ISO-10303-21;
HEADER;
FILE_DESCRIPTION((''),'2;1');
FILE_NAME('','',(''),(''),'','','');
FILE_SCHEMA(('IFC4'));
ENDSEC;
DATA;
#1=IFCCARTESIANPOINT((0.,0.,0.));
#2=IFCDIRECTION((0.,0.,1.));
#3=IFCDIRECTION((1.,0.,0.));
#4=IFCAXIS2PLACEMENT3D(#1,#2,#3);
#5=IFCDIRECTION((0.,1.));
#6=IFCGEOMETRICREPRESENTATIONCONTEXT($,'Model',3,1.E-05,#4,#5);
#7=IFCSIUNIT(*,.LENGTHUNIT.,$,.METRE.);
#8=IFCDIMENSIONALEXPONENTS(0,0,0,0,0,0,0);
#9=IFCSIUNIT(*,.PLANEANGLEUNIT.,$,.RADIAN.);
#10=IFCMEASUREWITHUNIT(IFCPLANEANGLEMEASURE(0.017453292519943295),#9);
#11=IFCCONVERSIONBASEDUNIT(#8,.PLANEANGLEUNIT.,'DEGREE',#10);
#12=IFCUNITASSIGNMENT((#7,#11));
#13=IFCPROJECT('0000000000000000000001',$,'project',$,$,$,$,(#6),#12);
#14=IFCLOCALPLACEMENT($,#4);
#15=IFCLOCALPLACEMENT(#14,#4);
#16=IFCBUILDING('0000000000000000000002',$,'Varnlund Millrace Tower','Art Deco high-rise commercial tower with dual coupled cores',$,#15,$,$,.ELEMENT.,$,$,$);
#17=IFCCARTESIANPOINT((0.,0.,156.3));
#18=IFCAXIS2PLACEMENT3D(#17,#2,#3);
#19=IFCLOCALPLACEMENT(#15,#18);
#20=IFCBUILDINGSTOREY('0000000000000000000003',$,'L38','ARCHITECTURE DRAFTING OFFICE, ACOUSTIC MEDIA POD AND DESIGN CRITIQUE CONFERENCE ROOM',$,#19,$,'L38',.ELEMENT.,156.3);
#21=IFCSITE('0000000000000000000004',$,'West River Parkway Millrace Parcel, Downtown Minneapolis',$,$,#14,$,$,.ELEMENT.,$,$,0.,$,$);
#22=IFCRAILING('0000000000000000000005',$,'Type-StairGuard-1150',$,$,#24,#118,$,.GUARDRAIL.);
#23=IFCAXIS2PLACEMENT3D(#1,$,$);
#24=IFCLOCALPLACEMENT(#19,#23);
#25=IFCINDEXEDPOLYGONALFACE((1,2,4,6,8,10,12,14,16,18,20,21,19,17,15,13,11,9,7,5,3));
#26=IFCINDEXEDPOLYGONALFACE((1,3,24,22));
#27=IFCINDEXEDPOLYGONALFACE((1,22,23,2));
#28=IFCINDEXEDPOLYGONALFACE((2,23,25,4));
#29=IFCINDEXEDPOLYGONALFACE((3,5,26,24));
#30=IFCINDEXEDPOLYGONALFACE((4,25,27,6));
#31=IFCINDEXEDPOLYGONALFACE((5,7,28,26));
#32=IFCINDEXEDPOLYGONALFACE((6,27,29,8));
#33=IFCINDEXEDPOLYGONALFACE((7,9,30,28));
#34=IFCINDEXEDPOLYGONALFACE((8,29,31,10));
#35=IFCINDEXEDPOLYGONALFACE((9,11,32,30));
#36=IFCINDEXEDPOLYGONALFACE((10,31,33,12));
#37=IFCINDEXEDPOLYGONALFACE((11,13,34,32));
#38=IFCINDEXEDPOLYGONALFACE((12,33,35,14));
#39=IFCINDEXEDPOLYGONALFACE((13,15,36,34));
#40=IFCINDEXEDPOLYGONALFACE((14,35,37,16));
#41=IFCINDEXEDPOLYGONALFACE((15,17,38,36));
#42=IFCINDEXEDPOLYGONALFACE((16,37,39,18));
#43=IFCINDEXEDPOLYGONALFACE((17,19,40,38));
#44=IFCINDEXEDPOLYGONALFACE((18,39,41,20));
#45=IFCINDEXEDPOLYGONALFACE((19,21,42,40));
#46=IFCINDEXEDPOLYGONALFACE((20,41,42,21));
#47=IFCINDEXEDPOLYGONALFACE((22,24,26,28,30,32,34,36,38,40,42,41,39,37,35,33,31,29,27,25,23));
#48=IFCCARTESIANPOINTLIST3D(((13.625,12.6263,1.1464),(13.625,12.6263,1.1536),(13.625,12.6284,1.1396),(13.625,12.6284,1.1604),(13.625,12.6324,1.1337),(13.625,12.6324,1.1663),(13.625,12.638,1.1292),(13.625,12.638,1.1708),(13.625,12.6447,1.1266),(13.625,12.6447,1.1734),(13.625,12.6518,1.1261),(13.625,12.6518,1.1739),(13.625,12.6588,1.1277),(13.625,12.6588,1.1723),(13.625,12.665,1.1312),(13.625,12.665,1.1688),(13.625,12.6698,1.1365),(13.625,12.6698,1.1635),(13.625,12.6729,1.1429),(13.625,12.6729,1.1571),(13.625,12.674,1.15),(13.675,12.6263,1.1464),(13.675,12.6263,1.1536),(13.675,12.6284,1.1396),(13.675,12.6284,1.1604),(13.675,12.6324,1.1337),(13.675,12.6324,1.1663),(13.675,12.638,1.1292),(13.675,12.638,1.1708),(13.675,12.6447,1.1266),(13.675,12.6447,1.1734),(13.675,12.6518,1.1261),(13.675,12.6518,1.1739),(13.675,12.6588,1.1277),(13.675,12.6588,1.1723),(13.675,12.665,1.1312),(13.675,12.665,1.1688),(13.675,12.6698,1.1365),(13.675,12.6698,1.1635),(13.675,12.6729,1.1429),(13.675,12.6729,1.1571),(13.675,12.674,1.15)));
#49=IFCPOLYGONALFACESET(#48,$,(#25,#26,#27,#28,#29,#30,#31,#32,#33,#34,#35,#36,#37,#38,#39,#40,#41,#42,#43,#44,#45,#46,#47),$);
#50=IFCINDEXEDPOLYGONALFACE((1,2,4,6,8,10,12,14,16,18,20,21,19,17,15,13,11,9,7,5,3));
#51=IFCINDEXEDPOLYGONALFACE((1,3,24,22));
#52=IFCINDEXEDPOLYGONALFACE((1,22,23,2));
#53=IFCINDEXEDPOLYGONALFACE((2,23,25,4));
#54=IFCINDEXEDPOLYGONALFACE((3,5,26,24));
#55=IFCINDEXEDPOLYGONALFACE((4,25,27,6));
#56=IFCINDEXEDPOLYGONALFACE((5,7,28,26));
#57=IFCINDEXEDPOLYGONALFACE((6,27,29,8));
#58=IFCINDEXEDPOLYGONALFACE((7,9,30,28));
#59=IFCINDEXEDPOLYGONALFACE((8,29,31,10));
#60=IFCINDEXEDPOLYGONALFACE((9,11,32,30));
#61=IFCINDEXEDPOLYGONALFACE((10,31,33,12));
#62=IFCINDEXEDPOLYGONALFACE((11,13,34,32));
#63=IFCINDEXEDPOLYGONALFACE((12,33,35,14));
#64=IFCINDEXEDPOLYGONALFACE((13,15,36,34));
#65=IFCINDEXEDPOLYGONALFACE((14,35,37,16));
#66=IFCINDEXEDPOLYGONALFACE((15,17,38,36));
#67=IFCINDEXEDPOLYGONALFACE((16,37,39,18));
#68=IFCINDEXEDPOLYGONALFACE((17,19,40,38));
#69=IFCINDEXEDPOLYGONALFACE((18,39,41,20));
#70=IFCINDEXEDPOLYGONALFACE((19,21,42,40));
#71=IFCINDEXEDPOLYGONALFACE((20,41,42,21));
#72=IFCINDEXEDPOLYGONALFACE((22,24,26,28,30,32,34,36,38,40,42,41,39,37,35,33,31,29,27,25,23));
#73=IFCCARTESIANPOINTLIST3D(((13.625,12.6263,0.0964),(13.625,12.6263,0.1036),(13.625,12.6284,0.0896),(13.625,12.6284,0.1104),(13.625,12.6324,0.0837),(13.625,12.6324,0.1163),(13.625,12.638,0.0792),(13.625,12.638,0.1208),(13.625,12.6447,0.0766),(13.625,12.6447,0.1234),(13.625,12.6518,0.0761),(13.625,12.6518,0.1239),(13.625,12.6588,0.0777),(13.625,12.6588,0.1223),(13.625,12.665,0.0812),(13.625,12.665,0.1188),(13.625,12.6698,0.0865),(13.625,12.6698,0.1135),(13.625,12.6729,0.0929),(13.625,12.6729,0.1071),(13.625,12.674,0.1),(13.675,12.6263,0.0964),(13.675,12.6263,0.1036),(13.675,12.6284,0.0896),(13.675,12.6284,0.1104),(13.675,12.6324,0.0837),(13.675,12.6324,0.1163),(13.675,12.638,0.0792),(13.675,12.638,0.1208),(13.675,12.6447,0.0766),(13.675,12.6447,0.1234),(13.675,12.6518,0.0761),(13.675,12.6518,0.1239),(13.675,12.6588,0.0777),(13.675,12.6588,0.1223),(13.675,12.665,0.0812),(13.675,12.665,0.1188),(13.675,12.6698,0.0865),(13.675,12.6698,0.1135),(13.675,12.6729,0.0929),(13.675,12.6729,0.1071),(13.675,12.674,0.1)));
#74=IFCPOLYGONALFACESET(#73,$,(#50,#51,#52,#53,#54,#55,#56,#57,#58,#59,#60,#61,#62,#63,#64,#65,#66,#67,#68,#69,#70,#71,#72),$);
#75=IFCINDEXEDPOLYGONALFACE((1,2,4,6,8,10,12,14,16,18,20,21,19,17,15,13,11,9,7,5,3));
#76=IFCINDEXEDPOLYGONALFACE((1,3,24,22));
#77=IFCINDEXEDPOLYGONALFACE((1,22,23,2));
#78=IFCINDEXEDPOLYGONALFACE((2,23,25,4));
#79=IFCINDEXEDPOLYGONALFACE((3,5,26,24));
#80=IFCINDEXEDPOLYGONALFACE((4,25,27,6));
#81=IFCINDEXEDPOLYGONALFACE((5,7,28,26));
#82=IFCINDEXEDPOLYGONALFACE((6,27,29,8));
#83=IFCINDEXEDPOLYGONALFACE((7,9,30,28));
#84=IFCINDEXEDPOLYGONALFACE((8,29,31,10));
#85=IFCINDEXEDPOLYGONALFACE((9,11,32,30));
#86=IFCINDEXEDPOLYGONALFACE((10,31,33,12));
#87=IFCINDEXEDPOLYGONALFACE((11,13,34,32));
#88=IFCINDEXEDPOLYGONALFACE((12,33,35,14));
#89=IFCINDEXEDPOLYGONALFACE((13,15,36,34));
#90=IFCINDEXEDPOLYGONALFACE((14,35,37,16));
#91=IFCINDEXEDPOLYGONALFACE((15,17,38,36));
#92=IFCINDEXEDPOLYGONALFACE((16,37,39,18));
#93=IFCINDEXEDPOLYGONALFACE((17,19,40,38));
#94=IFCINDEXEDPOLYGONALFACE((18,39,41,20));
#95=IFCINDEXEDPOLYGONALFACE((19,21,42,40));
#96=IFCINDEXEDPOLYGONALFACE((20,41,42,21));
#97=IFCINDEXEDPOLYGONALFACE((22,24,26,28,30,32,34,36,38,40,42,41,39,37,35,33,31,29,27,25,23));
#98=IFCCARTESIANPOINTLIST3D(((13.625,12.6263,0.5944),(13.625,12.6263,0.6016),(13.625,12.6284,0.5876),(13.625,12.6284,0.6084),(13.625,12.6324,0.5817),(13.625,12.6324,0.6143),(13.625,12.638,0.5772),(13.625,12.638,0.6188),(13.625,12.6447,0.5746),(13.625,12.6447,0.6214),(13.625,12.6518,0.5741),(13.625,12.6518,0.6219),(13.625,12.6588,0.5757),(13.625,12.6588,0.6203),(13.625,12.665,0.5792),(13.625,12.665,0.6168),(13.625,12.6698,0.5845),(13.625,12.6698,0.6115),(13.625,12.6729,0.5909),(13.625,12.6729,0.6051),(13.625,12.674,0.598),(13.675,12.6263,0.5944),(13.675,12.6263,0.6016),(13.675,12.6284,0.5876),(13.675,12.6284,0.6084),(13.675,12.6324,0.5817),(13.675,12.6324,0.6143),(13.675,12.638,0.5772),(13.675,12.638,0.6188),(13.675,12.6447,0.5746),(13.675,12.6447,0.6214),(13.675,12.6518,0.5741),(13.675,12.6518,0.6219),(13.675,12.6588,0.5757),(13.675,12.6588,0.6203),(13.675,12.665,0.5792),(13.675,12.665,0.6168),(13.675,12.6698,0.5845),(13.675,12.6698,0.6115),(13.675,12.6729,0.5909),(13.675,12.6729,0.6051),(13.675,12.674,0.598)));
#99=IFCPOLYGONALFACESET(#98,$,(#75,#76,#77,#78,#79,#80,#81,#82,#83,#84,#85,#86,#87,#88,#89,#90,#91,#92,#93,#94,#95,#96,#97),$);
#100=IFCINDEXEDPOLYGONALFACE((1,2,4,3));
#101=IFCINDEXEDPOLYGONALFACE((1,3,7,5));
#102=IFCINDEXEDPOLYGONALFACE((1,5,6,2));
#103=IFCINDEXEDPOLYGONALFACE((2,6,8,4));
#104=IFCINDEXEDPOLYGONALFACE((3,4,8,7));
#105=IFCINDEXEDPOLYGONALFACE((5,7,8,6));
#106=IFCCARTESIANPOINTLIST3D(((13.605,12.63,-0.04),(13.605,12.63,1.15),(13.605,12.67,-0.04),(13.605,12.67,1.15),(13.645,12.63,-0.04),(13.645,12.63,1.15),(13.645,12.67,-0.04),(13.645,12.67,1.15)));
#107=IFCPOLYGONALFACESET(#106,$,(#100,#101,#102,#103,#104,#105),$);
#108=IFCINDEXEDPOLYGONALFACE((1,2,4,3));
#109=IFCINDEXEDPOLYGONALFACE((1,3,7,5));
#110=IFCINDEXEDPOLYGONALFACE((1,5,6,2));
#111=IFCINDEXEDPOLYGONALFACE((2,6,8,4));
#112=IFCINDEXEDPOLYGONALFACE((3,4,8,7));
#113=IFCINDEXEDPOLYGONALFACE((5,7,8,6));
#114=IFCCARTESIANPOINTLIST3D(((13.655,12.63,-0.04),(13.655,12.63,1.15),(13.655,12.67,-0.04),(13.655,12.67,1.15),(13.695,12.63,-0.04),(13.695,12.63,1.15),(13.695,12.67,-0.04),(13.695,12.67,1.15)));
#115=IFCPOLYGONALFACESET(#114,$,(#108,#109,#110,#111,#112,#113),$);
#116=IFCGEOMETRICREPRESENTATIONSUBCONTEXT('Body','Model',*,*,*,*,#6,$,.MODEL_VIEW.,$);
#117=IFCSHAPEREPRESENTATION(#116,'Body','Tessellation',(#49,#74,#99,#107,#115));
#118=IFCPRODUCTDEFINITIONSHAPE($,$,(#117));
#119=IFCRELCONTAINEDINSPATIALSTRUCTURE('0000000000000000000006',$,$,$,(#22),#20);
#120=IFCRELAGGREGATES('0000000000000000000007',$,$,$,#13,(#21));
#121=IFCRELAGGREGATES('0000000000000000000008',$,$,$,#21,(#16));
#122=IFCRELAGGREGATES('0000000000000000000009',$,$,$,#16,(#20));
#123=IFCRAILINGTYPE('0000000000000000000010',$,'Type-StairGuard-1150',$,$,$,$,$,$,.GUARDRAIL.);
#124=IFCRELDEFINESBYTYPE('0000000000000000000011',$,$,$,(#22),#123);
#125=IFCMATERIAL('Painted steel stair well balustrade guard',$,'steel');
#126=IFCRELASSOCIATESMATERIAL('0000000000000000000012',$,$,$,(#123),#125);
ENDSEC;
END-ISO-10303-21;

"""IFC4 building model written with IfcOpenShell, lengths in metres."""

from ifc_helpers import new_model, entity, si_unit, converted_unit, direction, frame, origin_with_axes, origin_2d_with_axis, place, context, subcontext, project, spatial, rectangle, circle, extrude, material, type_object, element, save


model = new_model("IFC4")

# Units and contexts
model_context = context("Model", 3, precision=1e-05, world=origin_with_axes(), true_north=direction((0.0, 1.0)))
body_context = subcontext(model_context, "Body", "Model", "MODEL_VIEW")
ifc_project = project(units=[si_unit("LENGTHUNIT", "METRE"), converted_unit("PLANEANGLEUNIT", "DEGREE", entity("IfcPlaneAngleMeasure", 0.017453292519943295), si_unit("PLANEANGLEUNIT", "RADIAN"), dimensions=[0, 0, 0, 0, 0, 0, 0])], contexts=[model_context])

# Site, building, storey
site_placement = place(None, origin_with_axes())
site = spatial("IfcSite", under=ifc_project, at=site_placement, Name="West River Parkway Millrace Parcel, Downtown Minneapolis", CompositionType="ELEMENT", RefElevation=0.0)
building_placement = place(site_placement, origin_with_axes())
building = spatial("IfcBuilding", under=site, at=building_placement, Name="Varnlund Millrace Tower", Description="Art Deco high-rise commercial tower with dual coupled cores", CompositionType="ELEMENT")
storey_placement = place(building_placement, frame((0.0, 0.0, 156.3), z_axis=(0.0, 0.0, 1.0), x_axis=(1.0, 0.0, 0.0)))
storey = spatial("IfcBuildingStorey", under=building, at=storey_placement, Name="L38", Description="ARCHITECTURE DRAFTING OFFICE, ACOUSTIC MEDIA POD AND DESIGN CRITIQUE CONFERENCE ROOM", LongName="L38", CompositionType="ELEMENT", Elevation=156.3)

# Railing
ifc_material_1 = material(Name="Painted steel stair well balustrade guard", Category="steel")
railing_type_1 = type_object("IfcRailingType", Name="Type-StairGuard-1150", PredefinedType="GUARDRAIL", material=ifc_material_1)
railing_1_placement = place(storey_placement, frame((0.0, 0.0, -156.3), z_axis=(0.0, 0.0, 1.0), x_axis=(1.0, 0.0, 0.0)))
element("IfcRailing", 1, at=railing_1_placement, inside=storey, type_object=railing_type_1, Name="Type-StairGuard-1150", PredefinedType="GUARDRAIL", context=body_context, shape_type="SweptSolid", body=[
    extrude(circle(Radius=0.024, at=origin_2d_with_axis()), frame((13.625, 12.65, 157.45), z_axis=(1.0, 0.0, 0.0), x_axis=(0.0, 1.0, 0.0)), (0.0, 0.0, 1.0), 0.05),
    extrude(circle(Radius=0.024, at=origin_2d_with_axis()), frame((13.625, 12.65, 156.4), z_axis=(1.0, 0.0, 0.0), x_axis=(0.0, 1.0, 0.0)), (0.0, 0.0, 1.0), 0.05),
    extrude(circle(Radius=0.024, at=origin_2d_with_axis()), frame((13.625, 12.65, 156.898), z_axis=(1.0, 0.0, 0.0), x_axis=(0.0, 1.0, 0.0)), (0.0, 0.0, 1.0), 0.05),
    extrude(rectangle(XDim=0.04, YDim=0.04, at=origin_2d_with_axis()), frame((13.625, 12.65, 156.26), z_axis=(0.0, 0.0, 1.0), x_axis=(1.0, 0.0, 0.0)), (0.0, 0.0, 1.0), 1.19),
    extrude(rectangle(XDim=0.04, YDim=0.04, at=origin_2d_with_axis()), frame((13.675, 12.65, 156.26), z_axis=(0.0, 0.0, 1.0), x_axis=(1.0, 0.0, 0.0)), (0.0, 0.0, 1.0), 1.19),
])

save(model, "model.ifc")
